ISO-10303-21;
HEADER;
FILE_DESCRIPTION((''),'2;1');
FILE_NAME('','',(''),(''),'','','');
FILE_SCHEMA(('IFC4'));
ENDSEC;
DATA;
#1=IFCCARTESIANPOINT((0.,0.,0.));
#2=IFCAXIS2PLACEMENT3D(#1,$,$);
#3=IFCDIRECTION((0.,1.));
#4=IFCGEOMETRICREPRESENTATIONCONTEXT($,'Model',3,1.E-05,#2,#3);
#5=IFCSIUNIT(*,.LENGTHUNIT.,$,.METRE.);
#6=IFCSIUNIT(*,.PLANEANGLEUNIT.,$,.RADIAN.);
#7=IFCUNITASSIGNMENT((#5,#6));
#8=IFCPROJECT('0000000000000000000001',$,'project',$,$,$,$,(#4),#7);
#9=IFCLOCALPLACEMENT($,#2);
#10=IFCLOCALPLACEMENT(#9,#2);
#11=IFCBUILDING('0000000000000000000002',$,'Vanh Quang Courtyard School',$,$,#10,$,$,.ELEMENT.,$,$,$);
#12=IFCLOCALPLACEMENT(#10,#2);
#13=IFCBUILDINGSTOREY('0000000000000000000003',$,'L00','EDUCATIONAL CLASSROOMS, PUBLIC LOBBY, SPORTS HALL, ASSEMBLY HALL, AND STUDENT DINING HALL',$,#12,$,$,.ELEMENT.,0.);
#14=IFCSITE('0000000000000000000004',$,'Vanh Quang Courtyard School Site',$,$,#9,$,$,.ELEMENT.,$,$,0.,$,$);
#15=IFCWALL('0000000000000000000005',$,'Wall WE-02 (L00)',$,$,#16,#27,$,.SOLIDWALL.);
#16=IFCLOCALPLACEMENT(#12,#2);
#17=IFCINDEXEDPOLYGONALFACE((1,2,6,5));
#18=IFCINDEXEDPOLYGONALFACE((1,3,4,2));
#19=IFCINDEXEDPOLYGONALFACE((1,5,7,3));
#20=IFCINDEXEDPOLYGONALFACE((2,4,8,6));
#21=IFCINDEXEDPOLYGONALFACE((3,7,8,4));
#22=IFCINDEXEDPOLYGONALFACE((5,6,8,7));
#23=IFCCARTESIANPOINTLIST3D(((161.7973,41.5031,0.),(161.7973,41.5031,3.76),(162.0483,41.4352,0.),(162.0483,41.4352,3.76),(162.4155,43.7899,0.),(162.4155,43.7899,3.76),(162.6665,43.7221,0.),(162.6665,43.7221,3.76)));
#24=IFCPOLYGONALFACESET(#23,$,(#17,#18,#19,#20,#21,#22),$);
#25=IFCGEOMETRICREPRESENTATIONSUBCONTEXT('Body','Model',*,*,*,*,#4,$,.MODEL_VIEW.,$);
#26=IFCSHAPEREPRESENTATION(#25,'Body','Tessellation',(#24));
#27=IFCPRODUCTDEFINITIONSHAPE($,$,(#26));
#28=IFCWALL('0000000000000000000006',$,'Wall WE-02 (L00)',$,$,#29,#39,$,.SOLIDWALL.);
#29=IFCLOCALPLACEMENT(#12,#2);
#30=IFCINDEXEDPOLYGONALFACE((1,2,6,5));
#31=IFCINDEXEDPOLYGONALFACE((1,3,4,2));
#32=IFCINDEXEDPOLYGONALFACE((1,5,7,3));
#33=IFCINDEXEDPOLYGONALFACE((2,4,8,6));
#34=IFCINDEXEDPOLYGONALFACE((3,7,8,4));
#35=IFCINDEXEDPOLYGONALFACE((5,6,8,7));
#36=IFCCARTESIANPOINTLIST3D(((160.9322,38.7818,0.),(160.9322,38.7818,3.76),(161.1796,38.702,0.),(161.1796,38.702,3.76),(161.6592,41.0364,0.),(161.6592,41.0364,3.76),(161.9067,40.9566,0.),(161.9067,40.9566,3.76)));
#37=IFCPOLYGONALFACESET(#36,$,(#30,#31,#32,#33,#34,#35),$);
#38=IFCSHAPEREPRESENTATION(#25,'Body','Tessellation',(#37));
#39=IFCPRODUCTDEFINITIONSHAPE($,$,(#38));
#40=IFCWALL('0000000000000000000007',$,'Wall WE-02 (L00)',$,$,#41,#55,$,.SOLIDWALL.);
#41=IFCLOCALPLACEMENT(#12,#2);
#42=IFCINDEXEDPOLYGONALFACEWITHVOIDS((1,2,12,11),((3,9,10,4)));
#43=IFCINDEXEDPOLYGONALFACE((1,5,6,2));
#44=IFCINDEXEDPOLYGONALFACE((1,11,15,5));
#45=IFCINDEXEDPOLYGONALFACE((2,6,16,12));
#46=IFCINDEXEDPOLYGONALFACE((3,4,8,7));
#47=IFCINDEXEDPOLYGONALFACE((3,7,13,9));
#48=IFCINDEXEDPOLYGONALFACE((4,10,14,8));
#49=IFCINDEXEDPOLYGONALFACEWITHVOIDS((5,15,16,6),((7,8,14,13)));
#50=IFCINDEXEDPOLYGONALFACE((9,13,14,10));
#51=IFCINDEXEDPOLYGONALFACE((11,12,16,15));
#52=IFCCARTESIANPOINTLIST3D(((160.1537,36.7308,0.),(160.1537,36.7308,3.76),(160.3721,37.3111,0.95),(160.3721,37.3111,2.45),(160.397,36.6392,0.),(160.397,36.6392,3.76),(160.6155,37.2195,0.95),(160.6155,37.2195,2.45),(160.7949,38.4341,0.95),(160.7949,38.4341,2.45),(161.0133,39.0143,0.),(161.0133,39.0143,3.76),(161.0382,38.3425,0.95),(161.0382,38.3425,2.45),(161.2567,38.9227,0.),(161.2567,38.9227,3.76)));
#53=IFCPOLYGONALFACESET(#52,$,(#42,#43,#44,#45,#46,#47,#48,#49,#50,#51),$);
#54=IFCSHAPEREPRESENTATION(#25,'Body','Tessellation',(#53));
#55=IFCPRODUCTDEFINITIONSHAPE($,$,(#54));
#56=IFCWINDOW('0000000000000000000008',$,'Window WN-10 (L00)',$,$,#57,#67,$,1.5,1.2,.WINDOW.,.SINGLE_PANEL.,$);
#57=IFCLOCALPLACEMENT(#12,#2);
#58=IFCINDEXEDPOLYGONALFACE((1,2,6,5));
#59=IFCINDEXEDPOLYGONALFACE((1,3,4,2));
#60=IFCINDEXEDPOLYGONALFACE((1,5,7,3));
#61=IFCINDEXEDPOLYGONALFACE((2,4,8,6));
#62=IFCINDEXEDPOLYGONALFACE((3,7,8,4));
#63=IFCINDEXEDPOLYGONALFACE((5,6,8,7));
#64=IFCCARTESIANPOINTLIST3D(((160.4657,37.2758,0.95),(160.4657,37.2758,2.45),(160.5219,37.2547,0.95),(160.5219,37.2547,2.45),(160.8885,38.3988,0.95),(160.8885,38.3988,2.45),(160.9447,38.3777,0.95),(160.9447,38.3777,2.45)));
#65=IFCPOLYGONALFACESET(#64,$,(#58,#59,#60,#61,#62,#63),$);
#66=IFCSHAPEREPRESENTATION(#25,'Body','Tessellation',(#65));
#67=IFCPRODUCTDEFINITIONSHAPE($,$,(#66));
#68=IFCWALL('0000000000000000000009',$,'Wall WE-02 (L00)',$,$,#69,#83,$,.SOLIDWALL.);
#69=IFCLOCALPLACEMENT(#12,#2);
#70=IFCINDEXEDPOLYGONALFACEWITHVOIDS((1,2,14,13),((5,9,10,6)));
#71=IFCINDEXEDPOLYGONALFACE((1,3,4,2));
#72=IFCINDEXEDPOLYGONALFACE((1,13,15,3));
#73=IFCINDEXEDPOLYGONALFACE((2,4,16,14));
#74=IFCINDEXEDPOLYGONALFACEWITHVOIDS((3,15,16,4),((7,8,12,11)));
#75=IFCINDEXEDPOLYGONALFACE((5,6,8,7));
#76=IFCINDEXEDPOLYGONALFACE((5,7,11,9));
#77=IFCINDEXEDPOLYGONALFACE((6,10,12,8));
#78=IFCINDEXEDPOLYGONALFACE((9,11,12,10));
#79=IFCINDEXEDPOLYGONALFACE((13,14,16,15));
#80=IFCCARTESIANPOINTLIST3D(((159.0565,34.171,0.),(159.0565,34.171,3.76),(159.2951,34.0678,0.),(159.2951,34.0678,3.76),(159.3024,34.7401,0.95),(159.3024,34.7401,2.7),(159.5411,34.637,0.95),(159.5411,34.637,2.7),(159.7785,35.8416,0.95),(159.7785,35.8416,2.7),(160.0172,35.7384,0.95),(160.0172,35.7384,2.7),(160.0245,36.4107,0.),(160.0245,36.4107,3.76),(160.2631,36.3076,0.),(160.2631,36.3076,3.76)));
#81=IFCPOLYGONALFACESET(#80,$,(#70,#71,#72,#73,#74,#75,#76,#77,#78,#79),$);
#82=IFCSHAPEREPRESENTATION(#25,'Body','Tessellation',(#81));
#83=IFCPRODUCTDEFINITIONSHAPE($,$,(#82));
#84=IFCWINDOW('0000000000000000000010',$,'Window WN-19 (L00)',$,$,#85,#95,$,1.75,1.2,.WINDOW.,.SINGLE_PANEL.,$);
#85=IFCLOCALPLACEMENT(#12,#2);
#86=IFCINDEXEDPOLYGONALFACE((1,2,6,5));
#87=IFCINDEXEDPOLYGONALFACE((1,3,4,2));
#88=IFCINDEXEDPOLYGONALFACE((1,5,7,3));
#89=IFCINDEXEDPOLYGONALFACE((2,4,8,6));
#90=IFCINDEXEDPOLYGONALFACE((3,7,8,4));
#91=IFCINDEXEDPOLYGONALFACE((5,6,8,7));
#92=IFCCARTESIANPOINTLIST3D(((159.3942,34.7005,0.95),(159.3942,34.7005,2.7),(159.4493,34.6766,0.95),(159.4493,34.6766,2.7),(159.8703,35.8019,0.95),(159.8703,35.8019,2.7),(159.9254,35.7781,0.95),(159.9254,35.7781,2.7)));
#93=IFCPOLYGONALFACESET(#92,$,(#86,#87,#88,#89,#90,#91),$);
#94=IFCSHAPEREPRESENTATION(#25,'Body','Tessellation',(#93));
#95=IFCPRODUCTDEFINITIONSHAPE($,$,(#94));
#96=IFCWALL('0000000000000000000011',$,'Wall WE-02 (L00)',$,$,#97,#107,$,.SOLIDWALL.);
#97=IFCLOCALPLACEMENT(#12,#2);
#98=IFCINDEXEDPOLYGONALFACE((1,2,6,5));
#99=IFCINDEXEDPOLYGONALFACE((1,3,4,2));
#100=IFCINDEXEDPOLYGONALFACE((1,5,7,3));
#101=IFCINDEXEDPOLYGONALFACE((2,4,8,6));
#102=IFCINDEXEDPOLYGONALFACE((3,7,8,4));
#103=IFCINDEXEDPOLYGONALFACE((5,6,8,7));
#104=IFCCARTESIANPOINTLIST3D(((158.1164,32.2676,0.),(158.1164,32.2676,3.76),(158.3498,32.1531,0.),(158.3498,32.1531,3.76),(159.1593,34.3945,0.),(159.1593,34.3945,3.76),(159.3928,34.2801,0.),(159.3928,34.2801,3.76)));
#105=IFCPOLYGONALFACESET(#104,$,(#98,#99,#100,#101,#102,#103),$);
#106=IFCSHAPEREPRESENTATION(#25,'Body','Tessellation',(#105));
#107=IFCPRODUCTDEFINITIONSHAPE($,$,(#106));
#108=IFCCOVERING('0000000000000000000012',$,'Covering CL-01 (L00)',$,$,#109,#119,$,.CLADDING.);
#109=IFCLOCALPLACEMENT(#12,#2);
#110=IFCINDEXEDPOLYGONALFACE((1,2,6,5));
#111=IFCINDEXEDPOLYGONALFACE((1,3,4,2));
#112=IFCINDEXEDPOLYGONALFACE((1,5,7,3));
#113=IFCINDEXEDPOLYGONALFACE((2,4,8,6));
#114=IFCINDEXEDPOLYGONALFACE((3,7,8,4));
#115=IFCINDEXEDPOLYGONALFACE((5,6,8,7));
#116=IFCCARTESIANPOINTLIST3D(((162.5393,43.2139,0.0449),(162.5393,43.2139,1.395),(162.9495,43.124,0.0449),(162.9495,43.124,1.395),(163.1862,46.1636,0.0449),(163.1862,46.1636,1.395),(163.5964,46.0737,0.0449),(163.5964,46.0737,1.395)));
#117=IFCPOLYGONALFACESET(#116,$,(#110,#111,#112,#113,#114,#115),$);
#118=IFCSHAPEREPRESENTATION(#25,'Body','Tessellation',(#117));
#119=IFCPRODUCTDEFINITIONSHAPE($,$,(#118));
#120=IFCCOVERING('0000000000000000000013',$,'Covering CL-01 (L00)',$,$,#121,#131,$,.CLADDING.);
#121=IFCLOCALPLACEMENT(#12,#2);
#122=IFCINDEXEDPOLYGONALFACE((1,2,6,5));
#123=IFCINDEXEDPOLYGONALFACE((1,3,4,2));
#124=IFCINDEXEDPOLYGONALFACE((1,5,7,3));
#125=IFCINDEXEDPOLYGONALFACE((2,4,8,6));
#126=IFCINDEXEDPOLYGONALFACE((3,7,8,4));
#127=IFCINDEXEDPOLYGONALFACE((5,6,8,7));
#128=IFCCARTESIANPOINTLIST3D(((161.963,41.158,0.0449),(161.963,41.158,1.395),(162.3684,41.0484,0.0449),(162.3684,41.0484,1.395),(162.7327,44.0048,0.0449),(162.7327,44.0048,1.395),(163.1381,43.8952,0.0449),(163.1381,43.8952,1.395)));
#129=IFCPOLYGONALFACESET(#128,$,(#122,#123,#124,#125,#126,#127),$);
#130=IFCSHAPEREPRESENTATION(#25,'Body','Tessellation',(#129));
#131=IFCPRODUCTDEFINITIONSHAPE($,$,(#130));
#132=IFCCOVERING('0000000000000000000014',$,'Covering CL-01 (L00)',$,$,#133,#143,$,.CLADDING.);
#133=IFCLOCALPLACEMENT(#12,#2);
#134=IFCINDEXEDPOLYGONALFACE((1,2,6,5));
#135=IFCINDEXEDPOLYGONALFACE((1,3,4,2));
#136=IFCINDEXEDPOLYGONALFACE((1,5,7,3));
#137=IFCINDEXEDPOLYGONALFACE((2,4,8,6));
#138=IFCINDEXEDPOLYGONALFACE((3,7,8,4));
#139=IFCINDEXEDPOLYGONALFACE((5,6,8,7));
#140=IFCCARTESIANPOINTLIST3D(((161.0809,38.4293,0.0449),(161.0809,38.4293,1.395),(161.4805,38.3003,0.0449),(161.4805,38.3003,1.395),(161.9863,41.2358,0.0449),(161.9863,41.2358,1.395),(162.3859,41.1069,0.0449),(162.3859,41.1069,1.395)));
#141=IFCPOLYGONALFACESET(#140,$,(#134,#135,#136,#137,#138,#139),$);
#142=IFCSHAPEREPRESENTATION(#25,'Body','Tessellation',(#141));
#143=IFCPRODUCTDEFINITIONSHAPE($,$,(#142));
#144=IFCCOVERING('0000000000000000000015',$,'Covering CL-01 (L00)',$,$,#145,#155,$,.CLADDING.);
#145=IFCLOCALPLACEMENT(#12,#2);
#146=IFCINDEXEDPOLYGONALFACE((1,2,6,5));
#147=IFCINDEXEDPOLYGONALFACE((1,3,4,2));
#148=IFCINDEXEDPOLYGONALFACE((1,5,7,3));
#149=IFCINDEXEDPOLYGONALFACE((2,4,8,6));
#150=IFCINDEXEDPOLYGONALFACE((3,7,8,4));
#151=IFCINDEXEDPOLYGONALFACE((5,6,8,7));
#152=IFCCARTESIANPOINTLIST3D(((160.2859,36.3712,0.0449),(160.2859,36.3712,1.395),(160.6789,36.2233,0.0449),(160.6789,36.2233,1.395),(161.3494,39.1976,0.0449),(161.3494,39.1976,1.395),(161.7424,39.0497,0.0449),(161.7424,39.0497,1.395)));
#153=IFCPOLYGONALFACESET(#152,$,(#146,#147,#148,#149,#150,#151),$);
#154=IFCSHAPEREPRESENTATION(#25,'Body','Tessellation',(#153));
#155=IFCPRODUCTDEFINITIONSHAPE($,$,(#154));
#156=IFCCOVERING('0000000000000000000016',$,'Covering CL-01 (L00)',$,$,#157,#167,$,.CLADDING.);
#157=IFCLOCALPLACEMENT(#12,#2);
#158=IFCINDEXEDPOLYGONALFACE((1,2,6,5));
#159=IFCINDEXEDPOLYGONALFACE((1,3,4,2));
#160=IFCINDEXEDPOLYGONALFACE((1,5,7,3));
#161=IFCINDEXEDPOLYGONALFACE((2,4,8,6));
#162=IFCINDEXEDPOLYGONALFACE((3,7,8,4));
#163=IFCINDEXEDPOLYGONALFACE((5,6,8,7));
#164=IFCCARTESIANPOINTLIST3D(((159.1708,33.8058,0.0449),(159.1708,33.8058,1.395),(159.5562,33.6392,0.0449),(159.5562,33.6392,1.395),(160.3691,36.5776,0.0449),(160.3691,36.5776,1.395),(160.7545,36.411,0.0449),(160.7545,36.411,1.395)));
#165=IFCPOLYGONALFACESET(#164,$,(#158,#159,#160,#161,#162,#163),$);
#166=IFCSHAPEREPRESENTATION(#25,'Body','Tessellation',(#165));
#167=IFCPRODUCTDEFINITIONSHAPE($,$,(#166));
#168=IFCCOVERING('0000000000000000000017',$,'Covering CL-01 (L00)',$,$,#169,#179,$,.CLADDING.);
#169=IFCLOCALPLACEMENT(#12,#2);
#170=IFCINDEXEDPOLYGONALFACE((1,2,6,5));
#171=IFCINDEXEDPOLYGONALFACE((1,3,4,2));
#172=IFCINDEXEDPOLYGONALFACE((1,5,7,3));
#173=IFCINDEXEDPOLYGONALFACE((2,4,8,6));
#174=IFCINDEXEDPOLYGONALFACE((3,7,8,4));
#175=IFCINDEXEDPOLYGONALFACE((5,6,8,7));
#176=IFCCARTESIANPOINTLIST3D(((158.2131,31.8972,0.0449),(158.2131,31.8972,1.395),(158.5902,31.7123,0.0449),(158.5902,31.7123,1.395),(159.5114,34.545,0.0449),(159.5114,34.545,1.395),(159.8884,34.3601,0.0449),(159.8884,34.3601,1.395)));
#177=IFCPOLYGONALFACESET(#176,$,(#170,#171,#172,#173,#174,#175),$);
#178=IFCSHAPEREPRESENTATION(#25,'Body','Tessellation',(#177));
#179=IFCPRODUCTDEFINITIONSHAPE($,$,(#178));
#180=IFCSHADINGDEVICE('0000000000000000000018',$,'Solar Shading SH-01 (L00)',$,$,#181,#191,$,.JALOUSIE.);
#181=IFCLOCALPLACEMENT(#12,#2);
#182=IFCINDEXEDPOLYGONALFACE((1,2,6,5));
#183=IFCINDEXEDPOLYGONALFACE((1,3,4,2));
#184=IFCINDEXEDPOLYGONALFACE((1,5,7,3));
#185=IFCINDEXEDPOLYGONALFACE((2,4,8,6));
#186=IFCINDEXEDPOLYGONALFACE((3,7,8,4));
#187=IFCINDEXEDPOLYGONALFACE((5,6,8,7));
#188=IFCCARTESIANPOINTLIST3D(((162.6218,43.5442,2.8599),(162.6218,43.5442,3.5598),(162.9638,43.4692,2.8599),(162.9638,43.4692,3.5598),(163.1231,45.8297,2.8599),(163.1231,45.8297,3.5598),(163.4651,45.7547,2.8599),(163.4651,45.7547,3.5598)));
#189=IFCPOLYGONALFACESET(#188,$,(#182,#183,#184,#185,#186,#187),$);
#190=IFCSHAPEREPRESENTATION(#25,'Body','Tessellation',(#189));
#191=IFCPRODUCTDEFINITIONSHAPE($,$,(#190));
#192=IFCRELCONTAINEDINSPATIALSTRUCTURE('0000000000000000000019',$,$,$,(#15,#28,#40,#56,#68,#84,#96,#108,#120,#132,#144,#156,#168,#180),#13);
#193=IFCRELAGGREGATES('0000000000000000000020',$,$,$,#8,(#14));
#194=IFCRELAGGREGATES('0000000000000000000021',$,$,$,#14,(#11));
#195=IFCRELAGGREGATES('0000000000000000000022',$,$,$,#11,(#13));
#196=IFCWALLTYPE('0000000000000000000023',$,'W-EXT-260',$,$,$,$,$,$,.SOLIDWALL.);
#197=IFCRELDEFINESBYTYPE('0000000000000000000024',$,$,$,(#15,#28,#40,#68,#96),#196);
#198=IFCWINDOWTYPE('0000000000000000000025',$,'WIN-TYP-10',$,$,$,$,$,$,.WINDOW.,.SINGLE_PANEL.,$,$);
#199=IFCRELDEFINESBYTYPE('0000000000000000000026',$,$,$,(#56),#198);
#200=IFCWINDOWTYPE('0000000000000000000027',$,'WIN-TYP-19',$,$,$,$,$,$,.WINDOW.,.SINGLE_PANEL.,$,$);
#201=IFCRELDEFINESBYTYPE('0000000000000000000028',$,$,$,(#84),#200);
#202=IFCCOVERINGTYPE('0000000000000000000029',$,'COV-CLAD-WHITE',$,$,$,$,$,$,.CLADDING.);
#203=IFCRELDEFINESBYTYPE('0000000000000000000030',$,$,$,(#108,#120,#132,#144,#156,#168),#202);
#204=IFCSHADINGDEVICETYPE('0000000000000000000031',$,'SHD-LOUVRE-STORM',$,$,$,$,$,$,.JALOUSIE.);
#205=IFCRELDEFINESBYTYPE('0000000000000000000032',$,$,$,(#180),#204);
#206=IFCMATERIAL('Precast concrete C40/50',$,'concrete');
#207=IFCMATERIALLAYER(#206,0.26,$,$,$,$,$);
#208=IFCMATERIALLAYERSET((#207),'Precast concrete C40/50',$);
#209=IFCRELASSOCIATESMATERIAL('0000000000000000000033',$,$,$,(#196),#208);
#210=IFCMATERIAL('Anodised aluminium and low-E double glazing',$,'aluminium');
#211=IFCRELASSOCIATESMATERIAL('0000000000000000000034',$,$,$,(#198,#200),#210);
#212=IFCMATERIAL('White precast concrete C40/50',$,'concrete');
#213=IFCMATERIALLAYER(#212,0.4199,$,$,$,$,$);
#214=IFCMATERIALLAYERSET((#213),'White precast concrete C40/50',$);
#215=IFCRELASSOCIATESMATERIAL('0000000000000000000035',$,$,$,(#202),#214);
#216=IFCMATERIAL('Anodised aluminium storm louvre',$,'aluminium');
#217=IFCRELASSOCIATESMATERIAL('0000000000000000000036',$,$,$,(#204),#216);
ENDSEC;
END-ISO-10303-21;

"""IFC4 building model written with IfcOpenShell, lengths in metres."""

from ifc_helpers import new_model, si_unit, direction, frame, frame_2d, origin, origin_2d, place, context, subcontext, project, spatial, rectangle, extrude, material, layer, layer_set, type_object, element, fill, save


model = new_model("IFC4")

# Units and contexts
model_context = context("Model", 3, precision=1e-05, world=origin(), true_north=direction((0.0, 1.0)))
body_context = subcontext(model_context, "Body", "Model", "MODEL_VIEW")
ifc_project = project(units=[si_unit("LENGTHUNIT", "METRE"), si_unit("PLANEANGLEUNIT", "RADIAN")], contexts=[model_context])

# Site, building, storey
site_placement = place(None, origin())
site = spatial("IfcSite", under=ifc_project, at=site_placement, Name="Vanh Quang Courtyard School Site", CompositionType="ELEMENT", RefElevation=0.0)
building_placement = place(site_placement, origin())
building = spatial("IfcBuilding", under=site, at=building_placement, Name="Vanh Quang Courtyard School", CompositionType="ELEMENT")
storey_placement = place(building_placement, origin())
storey = spatial("IfcBuildingStorey", under=building, at=storey_placement, Name="L00", Description="EDUCATIONAL CLASSROOMS, PUBLIC LOBBY, SPORTS HALL, ASSEMBLY HALL, AND STUDENT DINING HALL", CompositionType="ELEMENT", Elevation=0.0)

# Walls
ifc_material_1 = material(Name="Precast concrete C40/50", Category="concrete")
ifc_layer_1 = layer(ifc_material_1, 0.26)
ifc_layer_set_1 = layer_set([ifc_layer_1], Name="Precast concrete C40/50")
wall_type = type_object("IfcWallType", Name="W-EXT-260", PredefinedType="SOLIDWALL", material=ifc_layer_set_1)
for number, where, z_axis, x_axis, name in (
    (1, (162.541, 43.7561, 0.0), (0.0, 0.0, 1.0), (-0.260945, -0.965354, 0.0), "Wall WE-02 (L00)"),
    (2, (161.783, 40.9966, 0.0), (0.0, 0.0, 1.0), (-0.306906, -0.95174, 0.0), "Wall WE-02 (L00)"),
):
    element("IfcWall", number, at=place(storey_placement, frame(where, z_axis=z_axis, x_axis=x_axis)), inside=storey, type_object=wall_type, Name=name, PredefinedType="SOLIDWALL", context=body_context, shape_type="SweptSolid", body=[
        extrude(rectangle(XDim=2.3689, YDim=0.26, at=frame_2d((1.1846, 0.0))), origin(), (0.0, 0.0, 1.0), 3.76),
    ])

# Walls, openings, windows
wall_1_placement = place(storey_placement, frame((161.135, 38.9685, 0.0), z_axis=(0.0, 0.0, 1.0), x_axis=(-0.352318, -0.93588, 0.0)))
wall_1 = element("IfcWall", 3, at=wall_1_placement, inside=storey, type_object=wall_type, Name="Wall WE-02 (L00)", PredefinedType="SOLIDWALL", context=body_context, shape_type="SweptSolid", body=[
    extrude(rectangle(XDim=2.4399, YDim=0.26, at=frame_2d((1.22, 0.0))), origin(), (0.0, 0.0, 1.0), 3.76),
])
opening_1_placement = place(wall_1_placement, frame((0.6199, 0.0, 0.95)))
opening_1 = element("IfcOpeningElement", 4, at=opening_1_placement, cuts=wall_1, PredefinedType="OPENING", context=body_context, shape_type="SweptSolid", body=[
    extrude(rectangle(XDim=1.2, YDim=1.5, at=frame_2d((0.6001, 0.75))), frame((0.0, 0.1401, 0.0), z_axis=(0.0, -1.0, 0.0), x_axis=(1.0, 0.0, 0.0)), (0.0, 0.0, 1.0), 0.28),
])
ifc_material_2 = material(Name="Anodised aluminium and low-E double glazing", Category="aluminium")
window_type_1 = type_object("IfcWindowType", Name="WIN-TYP-10", PartitioningType="SINGLE_PANEL", PredefinedType="WINDOW", material=ifc_material_2)
window_1_placement = place(opening_1_placement, origin())
window_1 = element("IfcWindow", 5, at=window_1_placement, inside=storey, type_object=window_type_1, Name="Window WN-10 (L00)", OverallHeight=1.5, OverallWidth=1.2, PartitioningType="SINGLE_PANEL", PredefinedType="WINDOW", context=body_context, shape_type="SweptSolid", body=[
    extrude(rectangle(XDim=1.2, YDim=1.5, at=frame_2d((0.6001, 0.75))), frame((0.0, 0.03, 0.0), z_axis=(0.0, -1.0, 0.0), x_axis=(1.0, 0.0, 0.0)), (0.0, 0.0, 1.0), 0.0601),
])
fill(opening_1, window_1)
wall_2_placement = place(storey_placement, frame((160.1438, 36.3591, 0.0), z_axis=(0.0, 0.0, 1.0), x_axis=(-0.396731, -0.917935, 0.0)))
wall_2 = element("IfcWall", 6, at=wall_2_placement, inside=storey, type_object=wall_type, Name="Wall WE-02 (L00)", PredefinedType="SOLIDWALL", context=body_context, shape_type="SweptSolid", body=[
    extrude(rectangle(XDim=2.4399, YDim=0.26, at=frame_2d((1.22, 0.0))), origin(), (0.0, 0.0, 1.0), 3.76),
])
opening_2_placement = place(wall_2_placement, frame((0.6199, 0.0, 0.95)))
opening_2 = element("IfcOpeningElement", 7, at=opening_2_placement, cuts=wall_2, PredefinedType="OPENING", context=body_context, shape_type="SweptSolid", body=[
    extrude(rectangle(XDim=1.2, YDim=1.75, at=frame_2d((0.6001, 0.875))), frame((0.0, 0.1401, 0.0), z_axis=(0.0, -1.0, 0.0), x_axis=(1.0, 0.0, 0.0)), (0.0, 0.0, 1.0), 0.28),
])
window_type_2 = type_object("IfcWindowType", Name="WIN-TYP-19", PartitioningType="SINGLE_PANEL", PredefinedType="WINDOW", material=ifc_material_2)
window_2_placement = place(opening_2_placement, origin())
window_2 = element("IfcWindow", 8, at=window_2_placement, inside=storey, type_object=window_type_2, Name="Window WN-19 (L00)", OverallHeight=1.75, OverallWidth=1.2, PartitioningType="SINGLE_PANEL", PredefinedType="WINDOW", context=body_context, shape_type="SweptSolid", body=[
    extrude(rectangle(XDim=1.2, YDim=1.75, at=frame_2d((0.6001, 0.875))), frame((0.0, 0.03, 0.0), z_axis=(0.0, -1.0, 0.0), x_axis=(1.0, 0.0, 0.0)), (0.0, 0.0, 1.0), 0.0601),
])
fill(opening_2, window_2)

# Wall
wall_3_placement = place(storey_placement, frame((159.2761, 34.3374, 0.0), z_axis=(0.0, 0.0, 1.0), x_axis=(-0.440275, -0.897863, 0.0)))
element("IfcWall", 9, at=wall_3_placement, inside=storey, type_object=wall_type, Name="Wall WE-02 (L00)", PredefinedType="SOLIDWALL", context=body_context, shape_type="SweptSolid", body=[
    extrude(rectangle(XDim=2.3689, YDim=0.26, at=frame_2d((1.1846, 0.0))), origin(), (0.0, 0.0, 1.0), 3.76),
])

# Coverings
ifc_material_3 = material(Name="White precast concrete C40/50", Category="concrete")
ifc_layer_2 = layer(ifc_material_3, 0.4199)
ifc_layer_set_2 = layer_set([ifc_layer_2], Name="White precast concrete C40/50")
covering_type = type_object("IfcCoveringType", Name="COV-CLAD-WHITE", PredefinedType="CLADDING", material=ifc_layer_set_2)
covering_1_placement = place(storey_placement, frame((163.0679, 44.6438, 0.0449), z_axis=(0.0, 0.0, 1.0), x_axis=(-0.214224, -0.976785, 0.0)))
element("IfcCovering", 10, at=covering_1_placement, inside=storey, type_object=covering_type, Name="Covering CL-01 (L00)", PredefinedType="CLADDING", context=body_context, shape_type="SweptSolid", body=[
    extrude(rectangle(XDim=3.0198, YDim=0.4199, at=origin_2d()), origin(), (0.0, 0.0, 1.0), 1.3501),
])
for number, where, z_axis, x_axis, name in (
    (11, (162.5505, 42.5266, 0.0449), (0.0, 0.0, 1.0), (-0.26101, -0.965336, 0.0), "Covering CL-01 (L00)"),
    (12, (161.7334, 39.7681, 0.0449), (0.0, 0.0, 1.0), (-0.307024, -0.951702, 0.0), "Covering CL-01 (L00)"),
):
    element("IfcCovering", number, at=place(storey_placement, frame(where, z_axis=z_axis, x_axis=x_axis)), inside=storey, type_object=covering_type, Name=name, PredefinedType="CLADDING", context=body_context, shape_type="SweptSolid", body=[
        extrude(rectangle(XDim=2.949, YDim=0.4199, at=origin_2d()), origin(), (0.0, 0.0, 1.0), 1.3501),
    ])
for number, where, z_axis, x_axis, name in (
    (13, (161.0142, 37.7104, 0.0449), (0.0, 0.0, 1.0), (-0.352168, -0.935937, 0.0), "Covering CL-01 (L00)"),
    (14, (159.9626, 35.1084, 0.0449), (0.0, 0.0, 1.0), (-0.396828, -0.917893, 0.0), "Covering CL-01 (L00)"),
):
    element("IfcCovering", number, at=place(storey_placement, frame(where, z_axis=z_axis, x_axis=x_axis)), inside=storey, type_object=covering_type, Name=name, PredefinedType="CLADDING", context=body_context, shape_type="SweptSolid", body=[
        extrude(rectangle(XDim=3.0198, YDim=0.4199, at=origin_2d()), origin(), (0.0, 0.0, 1.0), 1.3501),
    ])
covering_2_placement = place(storey_placement, frame((159.0508, 33.1287, 0.0449), z_axis=(0.0, 0.0, 1.0), x_axis=(-0.440253, -0.897874, 0.0)))
element("IfcCovering", 15, at=covering_2_placement, inside=storey, type_object=covering_type, Name="Covering CL-01 (L00)", PredefinedType="CLADDING", context=body_context, shape_type="SweptSolid", body=[
    extrude(rectangle(XDim=2.949, YDim=0.4199, at=origin_2d()), origin(), (0.0, 0.0, 1.0), 1.3501),
])

# Shading device
ifc_material_4 = material(Name="Anodised aluminium storm louvre", Category="aluminium")
shading_device_type = type_object("IfcShadingDeviceType", Name="SHD-LOUVRE-STORM", PredefinedType="JALOUSIE", material=ifc_material_4)
shading_device_1_placement = place(storey_placement, frame((163.0435, 44.6494, 2.8599), z_axis=(0.0, 0.0, 1.0), x_axis=(-0.214224, -0.976785, 0.0)))
element("IfcShadingDevice", 16, at=shading_device_1_placement, inside=storey, type_object=shading_device_type, Name="Solar Shading SH-01 (L00)", PredefinedType="JALOUSIE", context=body_context, shape_type="SweptSolid", body=[
    extrude(rectangle(XDim=2.3398, YDim=0.3501, at=origin_2d()), origin(), (0.0, 0.0, 1.0), 0.7),
])

save(model, "model.ifc")
